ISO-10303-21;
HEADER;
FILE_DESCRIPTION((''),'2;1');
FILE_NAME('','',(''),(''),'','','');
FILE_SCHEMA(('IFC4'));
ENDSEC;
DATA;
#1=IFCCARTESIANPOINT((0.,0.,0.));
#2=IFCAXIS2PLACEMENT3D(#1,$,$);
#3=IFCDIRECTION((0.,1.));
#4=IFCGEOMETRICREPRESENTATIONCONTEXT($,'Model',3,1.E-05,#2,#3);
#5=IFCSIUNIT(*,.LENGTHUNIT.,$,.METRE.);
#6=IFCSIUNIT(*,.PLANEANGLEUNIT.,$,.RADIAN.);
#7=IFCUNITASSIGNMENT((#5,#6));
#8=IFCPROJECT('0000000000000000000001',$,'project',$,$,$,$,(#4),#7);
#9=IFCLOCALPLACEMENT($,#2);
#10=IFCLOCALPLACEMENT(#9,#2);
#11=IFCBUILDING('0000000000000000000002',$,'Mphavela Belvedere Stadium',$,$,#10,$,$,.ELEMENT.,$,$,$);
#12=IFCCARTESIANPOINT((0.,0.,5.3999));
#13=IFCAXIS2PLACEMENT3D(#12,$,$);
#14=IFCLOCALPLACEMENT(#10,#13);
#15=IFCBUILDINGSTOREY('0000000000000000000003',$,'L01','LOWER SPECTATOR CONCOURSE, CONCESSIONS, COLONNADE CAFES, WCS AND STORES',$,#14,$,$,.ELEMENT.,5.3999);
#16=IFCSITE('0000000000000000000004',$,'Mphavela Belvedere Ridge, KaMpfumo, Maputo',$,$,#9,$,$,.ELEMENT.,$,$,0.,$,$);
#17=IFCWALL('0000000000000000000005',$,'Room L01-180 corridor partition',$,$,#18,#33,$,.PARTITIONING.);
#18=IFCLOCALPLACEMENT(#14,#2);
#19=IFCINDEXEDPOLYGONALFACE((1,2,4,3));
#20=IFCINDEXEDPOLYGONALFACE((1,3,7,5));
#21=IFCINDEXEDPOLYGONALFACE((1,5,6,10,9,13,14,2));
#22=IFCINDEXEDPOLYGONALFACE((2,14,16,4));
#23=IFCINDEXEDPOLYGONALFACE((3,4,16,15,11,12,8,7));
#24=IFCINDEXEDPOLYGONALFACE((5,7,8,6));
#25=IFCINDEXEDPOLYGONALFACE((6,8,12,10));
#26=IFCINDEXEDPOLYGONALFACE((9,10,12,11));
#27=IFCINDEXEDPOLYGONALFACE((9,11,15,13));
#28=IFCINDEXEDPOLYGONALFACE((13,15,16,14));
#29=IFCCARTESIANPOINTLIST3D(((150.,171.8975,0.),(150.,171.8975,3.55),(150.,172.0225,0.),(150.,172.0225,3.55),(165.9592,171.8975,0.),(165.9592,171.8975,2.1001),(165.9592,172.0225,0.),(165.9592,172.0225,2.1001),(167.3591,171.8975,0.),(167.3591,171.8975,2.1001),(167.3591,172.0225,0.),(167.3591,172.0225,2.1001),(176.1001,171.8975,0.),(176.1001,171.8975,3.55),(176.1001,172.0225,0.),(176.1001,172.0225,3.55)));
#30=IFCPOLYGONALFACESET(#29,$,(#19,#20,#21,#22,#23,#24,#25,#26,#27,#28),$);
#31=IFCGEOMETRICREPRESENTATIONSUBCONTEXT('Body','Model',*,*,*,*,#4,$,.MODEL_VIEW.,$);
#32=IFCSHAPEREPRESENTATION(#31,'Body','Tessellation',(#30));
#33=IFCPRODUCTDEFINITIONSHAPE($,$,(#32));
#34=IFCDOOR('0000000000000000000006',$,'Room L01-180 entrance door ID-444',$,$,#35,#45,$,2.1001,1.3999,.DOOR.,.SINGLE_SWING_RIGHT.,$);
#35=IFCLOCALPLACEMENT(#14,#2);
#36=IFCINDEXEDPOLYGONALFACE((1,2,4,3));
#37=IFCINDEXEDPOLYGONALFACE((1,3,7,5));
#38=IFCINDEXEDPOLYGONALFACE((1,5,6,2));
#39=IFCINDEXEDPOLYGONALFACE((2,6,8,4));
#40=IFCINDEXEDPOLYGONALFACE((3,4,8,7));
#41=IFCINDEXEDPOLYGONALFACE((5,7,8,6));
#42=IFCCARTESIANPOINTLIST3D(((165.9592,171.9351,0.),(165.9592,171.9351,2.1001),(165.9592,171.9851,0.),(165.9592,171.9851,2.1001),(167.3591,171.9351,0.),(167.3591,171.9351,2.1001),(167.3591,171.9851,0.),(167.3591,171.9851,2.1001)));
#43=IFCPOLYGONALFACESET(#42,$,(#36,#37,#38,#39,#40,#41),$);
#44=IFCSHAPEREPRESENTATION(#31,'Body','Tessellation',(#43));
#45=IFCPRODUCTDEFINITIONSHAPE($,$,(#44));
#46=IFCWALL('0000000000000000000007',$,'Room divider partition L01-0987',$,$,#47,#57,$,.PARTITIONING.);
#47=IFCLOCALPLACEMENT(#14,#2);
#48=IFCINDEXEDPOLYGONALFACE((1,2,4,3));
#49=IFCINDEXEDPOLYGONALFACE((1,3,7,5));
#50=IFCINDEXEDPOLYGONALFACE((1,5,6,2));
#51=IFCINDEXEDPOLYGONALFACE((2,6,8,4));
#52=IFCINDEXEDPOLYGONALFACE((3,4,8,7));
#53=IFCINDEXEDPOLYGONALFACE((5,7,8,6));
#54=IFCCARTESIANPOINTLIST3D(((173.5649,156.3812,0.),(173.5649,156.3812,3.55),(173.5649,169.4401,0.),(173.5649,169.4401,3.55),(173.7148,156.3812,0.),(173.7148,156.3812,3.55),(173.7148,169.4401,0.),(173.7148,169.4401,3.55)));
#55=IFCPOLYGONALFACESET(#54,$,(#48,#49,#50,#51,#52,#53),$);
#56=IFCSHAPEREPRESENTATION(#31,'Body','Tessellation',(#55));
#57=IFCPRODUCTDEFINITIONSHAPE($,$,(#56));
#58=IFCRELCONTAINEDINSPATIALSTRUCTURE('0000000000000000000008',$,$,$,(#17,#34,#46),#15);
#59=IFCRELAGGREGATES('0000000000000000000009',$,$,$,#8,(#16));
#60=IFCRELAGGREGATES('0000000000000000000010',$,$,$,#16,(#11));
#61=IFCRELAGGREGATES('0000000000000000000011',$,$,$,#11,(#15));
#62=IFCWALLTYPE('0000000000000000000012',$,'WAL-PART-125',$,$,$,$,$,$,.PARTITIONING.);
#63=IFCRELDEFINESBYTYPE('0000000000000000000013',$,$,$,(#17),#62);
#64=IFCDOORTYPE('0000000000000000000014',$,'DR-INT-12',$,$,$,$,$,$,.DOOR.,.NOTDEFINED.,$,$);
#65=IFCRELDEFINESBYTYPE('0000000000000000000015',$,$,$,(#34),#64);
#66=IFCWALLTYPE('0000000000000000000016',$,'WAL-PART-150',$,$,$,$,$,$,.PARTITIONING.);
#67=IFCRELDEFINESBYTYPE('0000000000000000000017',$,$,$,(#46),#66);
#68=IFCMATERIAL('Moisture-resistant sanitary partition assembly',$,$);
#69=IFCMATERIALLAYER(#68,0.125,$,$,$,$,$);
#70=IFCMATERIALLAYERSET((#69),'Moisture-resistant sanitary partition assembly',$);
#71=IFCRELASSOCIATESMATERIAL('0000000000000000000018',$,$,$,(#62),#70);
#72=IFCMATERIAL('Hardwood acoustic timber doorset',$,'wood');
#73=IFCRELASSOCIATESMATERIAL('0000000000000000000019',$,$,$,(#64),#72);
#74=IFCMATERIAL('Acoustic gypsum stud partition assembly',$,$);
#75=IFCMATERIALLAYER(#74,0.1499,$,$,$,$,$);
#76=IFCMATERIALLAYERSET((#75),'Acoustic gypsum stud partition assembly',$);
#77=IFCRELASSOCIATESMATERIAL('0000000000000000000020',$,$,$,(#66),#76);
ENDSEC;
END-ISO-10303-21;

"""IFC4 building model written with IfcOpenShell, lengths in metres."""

from ifc_helpers import new_model, si_unit, direction, frame, frame_2d, origin, place, context, subcontext, project, spatial, rectangle, extrude, material, layer, layer_set, type_object, element, fill, save


model = new_model("IFC4")

# Units and contexts
model_context = context("Model", 3, precision=1e-05, world=origin(), true_north=direction((0.0, 1.0)))
body_context = subcontext(model_context, "Body", "Model", "MODEL_VIEW")
ifc_project = project(units=[si_unit("LENGTHUNIT", "METRE"), si_unit("PLANEANGLEUNIT", "RADIAN")], contexts=[model_context])

# Site, building, storey
site_placement = place(None, origin())
site = spatial("IfcSite", under=ifc_project, at=site_placement, Name="Mphavela Belvedere Ridge, KaMpfumo, Maputo", CompositionType="ELEMENT", RefElevation=0.0)
building_placement = place(site_placement, origin())
building = spatial("IfcBuilding", under=site, at=building_placement, Name="Mphavela Belvedere Stadium", CompositionType="ELEMENT")
storey_placement = place(building_placement, frame((0.0, 0.0, 5.3999)))
storey = spatial("IfcBuildingStorey", under=building, at=storey_placement, Name="L01", Description="LOWER SPECTATOR CONCOURSE, CONCESSIONS, COLONNADE CAFES, WCS AND STORES", CompositionType="ELEMENT", Elevation=5.3999)

# Wall, opening, door
ifc_material_1 = material(Name="Moisture-resistant sanitary partition assembly")
ifc_layer_1 = layer(ifc_material_1, 0.125)
ifc_layer_set_1 = layer_set([ifc_layer_1], Name="Moisture-resistant sanitary partition assembly")
wall_type_1 = type_object("IfcWallType", Name="WAL-PART-125", PredefinedType="PARTITIONING", material=ifc_layer_set_1)
wall_1_placement = place(storey_placement, frame((176.1001, 171.96, 0.0), z_axis=(0.0, 0.0, 1.0), x_axis=(-1.0, 0.0, 0.0)))
wall_1 = element("IfcWall", 1, at=wall_1_placement, inside=storey, type_object=wall_type_1, Name="Room L01-180 corridor partition", PredefinedType="PARTITIONING", context=body_context, shape_type="SweptSolid", body=[
    extrude(rectangle(XDim=26.1001, YDim=0.125, at=frame_2d((13.05, 0.0))), origin(), (0.0, 0.0, 1.0), 3.55),
])
opening_1_placement = place(wall_1_placement, frame((8.741, 0.0, 0.0)))
opening_1 = element("IfcOpeningElement", 2, at=opening_1_placement, cuts=wall_1, PredefinedType="OPENING", context=body_context, shape_type="SweptSolid", body=[
    extrude(rectangle(XDim=1.3999, YDim=2.1001, at=frame_2d((0.7, 1.05))), frame((0.0, 0.0725, 0.0), z_axis=(0.0, -1.0, 0.0), x_axis=(1.0, 0.0, 0.0)), (0.0, 0.0, 1.0), 0.145),
])
ifc_material_2 = material(Name="Hardwood acoustic timber doorset", Category="wood")
door_type = type_object("IfcDoorType", Name="DR-INT-12", OperationType="NOTDEFINED", PredefinedType="DOOR", material=ifc_material_2)
door_placement = place(opening_1_placement, origin())
door = element("IfcDoor", 3, at=door_placement, inside=storey, type_object=door_type, Name="Room L01-180 entrance door ID-444", OperationType="SINGLE_SWING_RIGHT", OverallHeight=2.1001, OverallWidth=1.3999, PredefinedType="DOOR", context=body_context, shape_type="SweptSolid", body=[
    extrude(rectangle(XDim=1.3999, YDim=2.1001, at=frame_2d((0.7, 1.05))), frame((0.0, 0.0249, 0.0), z_axis=(0.0, -1.0, 0.0), x_axis=(1.0, 0.0, 0.0)), (0.0, 0.0, 1.0), 0.05),
])
fill(opening_1, door)

# Wall
ifc_material_3 = material(Name="Acoustic gypsum stud partition assembly")
ifc_layer_2 = layer(ifc_material_3, 0.1499)
ifc_layer_set_2 = layer_set([ifc_layer_2], Name="Acoustic gypsum stud partition assembly")
wall_type_2 = type_object("IfcWallType", Name="WAL-PART-150", PredefinedType="PARTITIONING", material=ifc_layer_set_2)
wall_2_placement = place(storey_placement, frame((173.6399, 169.4399, 0.0), z_axis=(0.0, 0.0, 1.0), x_axis=(0.0, -1.0, 0.0)))
element("IfcWall", 4, at=wall_2_placement, inside=storey, type_object=wall_type_2, Name="Room divider partition L01-0987", PredefinedType="PARTITIONING", context=body_context, shape_type="SweptSolid", body=[
    extrude(rectangle(XDim=13.0588, YDim=0.1499, at=frame_2d((6.5293, 0.0))), origin(), (0.0, 0.0, 1.0), 3.55),
])

save(model, "model.ifc")
